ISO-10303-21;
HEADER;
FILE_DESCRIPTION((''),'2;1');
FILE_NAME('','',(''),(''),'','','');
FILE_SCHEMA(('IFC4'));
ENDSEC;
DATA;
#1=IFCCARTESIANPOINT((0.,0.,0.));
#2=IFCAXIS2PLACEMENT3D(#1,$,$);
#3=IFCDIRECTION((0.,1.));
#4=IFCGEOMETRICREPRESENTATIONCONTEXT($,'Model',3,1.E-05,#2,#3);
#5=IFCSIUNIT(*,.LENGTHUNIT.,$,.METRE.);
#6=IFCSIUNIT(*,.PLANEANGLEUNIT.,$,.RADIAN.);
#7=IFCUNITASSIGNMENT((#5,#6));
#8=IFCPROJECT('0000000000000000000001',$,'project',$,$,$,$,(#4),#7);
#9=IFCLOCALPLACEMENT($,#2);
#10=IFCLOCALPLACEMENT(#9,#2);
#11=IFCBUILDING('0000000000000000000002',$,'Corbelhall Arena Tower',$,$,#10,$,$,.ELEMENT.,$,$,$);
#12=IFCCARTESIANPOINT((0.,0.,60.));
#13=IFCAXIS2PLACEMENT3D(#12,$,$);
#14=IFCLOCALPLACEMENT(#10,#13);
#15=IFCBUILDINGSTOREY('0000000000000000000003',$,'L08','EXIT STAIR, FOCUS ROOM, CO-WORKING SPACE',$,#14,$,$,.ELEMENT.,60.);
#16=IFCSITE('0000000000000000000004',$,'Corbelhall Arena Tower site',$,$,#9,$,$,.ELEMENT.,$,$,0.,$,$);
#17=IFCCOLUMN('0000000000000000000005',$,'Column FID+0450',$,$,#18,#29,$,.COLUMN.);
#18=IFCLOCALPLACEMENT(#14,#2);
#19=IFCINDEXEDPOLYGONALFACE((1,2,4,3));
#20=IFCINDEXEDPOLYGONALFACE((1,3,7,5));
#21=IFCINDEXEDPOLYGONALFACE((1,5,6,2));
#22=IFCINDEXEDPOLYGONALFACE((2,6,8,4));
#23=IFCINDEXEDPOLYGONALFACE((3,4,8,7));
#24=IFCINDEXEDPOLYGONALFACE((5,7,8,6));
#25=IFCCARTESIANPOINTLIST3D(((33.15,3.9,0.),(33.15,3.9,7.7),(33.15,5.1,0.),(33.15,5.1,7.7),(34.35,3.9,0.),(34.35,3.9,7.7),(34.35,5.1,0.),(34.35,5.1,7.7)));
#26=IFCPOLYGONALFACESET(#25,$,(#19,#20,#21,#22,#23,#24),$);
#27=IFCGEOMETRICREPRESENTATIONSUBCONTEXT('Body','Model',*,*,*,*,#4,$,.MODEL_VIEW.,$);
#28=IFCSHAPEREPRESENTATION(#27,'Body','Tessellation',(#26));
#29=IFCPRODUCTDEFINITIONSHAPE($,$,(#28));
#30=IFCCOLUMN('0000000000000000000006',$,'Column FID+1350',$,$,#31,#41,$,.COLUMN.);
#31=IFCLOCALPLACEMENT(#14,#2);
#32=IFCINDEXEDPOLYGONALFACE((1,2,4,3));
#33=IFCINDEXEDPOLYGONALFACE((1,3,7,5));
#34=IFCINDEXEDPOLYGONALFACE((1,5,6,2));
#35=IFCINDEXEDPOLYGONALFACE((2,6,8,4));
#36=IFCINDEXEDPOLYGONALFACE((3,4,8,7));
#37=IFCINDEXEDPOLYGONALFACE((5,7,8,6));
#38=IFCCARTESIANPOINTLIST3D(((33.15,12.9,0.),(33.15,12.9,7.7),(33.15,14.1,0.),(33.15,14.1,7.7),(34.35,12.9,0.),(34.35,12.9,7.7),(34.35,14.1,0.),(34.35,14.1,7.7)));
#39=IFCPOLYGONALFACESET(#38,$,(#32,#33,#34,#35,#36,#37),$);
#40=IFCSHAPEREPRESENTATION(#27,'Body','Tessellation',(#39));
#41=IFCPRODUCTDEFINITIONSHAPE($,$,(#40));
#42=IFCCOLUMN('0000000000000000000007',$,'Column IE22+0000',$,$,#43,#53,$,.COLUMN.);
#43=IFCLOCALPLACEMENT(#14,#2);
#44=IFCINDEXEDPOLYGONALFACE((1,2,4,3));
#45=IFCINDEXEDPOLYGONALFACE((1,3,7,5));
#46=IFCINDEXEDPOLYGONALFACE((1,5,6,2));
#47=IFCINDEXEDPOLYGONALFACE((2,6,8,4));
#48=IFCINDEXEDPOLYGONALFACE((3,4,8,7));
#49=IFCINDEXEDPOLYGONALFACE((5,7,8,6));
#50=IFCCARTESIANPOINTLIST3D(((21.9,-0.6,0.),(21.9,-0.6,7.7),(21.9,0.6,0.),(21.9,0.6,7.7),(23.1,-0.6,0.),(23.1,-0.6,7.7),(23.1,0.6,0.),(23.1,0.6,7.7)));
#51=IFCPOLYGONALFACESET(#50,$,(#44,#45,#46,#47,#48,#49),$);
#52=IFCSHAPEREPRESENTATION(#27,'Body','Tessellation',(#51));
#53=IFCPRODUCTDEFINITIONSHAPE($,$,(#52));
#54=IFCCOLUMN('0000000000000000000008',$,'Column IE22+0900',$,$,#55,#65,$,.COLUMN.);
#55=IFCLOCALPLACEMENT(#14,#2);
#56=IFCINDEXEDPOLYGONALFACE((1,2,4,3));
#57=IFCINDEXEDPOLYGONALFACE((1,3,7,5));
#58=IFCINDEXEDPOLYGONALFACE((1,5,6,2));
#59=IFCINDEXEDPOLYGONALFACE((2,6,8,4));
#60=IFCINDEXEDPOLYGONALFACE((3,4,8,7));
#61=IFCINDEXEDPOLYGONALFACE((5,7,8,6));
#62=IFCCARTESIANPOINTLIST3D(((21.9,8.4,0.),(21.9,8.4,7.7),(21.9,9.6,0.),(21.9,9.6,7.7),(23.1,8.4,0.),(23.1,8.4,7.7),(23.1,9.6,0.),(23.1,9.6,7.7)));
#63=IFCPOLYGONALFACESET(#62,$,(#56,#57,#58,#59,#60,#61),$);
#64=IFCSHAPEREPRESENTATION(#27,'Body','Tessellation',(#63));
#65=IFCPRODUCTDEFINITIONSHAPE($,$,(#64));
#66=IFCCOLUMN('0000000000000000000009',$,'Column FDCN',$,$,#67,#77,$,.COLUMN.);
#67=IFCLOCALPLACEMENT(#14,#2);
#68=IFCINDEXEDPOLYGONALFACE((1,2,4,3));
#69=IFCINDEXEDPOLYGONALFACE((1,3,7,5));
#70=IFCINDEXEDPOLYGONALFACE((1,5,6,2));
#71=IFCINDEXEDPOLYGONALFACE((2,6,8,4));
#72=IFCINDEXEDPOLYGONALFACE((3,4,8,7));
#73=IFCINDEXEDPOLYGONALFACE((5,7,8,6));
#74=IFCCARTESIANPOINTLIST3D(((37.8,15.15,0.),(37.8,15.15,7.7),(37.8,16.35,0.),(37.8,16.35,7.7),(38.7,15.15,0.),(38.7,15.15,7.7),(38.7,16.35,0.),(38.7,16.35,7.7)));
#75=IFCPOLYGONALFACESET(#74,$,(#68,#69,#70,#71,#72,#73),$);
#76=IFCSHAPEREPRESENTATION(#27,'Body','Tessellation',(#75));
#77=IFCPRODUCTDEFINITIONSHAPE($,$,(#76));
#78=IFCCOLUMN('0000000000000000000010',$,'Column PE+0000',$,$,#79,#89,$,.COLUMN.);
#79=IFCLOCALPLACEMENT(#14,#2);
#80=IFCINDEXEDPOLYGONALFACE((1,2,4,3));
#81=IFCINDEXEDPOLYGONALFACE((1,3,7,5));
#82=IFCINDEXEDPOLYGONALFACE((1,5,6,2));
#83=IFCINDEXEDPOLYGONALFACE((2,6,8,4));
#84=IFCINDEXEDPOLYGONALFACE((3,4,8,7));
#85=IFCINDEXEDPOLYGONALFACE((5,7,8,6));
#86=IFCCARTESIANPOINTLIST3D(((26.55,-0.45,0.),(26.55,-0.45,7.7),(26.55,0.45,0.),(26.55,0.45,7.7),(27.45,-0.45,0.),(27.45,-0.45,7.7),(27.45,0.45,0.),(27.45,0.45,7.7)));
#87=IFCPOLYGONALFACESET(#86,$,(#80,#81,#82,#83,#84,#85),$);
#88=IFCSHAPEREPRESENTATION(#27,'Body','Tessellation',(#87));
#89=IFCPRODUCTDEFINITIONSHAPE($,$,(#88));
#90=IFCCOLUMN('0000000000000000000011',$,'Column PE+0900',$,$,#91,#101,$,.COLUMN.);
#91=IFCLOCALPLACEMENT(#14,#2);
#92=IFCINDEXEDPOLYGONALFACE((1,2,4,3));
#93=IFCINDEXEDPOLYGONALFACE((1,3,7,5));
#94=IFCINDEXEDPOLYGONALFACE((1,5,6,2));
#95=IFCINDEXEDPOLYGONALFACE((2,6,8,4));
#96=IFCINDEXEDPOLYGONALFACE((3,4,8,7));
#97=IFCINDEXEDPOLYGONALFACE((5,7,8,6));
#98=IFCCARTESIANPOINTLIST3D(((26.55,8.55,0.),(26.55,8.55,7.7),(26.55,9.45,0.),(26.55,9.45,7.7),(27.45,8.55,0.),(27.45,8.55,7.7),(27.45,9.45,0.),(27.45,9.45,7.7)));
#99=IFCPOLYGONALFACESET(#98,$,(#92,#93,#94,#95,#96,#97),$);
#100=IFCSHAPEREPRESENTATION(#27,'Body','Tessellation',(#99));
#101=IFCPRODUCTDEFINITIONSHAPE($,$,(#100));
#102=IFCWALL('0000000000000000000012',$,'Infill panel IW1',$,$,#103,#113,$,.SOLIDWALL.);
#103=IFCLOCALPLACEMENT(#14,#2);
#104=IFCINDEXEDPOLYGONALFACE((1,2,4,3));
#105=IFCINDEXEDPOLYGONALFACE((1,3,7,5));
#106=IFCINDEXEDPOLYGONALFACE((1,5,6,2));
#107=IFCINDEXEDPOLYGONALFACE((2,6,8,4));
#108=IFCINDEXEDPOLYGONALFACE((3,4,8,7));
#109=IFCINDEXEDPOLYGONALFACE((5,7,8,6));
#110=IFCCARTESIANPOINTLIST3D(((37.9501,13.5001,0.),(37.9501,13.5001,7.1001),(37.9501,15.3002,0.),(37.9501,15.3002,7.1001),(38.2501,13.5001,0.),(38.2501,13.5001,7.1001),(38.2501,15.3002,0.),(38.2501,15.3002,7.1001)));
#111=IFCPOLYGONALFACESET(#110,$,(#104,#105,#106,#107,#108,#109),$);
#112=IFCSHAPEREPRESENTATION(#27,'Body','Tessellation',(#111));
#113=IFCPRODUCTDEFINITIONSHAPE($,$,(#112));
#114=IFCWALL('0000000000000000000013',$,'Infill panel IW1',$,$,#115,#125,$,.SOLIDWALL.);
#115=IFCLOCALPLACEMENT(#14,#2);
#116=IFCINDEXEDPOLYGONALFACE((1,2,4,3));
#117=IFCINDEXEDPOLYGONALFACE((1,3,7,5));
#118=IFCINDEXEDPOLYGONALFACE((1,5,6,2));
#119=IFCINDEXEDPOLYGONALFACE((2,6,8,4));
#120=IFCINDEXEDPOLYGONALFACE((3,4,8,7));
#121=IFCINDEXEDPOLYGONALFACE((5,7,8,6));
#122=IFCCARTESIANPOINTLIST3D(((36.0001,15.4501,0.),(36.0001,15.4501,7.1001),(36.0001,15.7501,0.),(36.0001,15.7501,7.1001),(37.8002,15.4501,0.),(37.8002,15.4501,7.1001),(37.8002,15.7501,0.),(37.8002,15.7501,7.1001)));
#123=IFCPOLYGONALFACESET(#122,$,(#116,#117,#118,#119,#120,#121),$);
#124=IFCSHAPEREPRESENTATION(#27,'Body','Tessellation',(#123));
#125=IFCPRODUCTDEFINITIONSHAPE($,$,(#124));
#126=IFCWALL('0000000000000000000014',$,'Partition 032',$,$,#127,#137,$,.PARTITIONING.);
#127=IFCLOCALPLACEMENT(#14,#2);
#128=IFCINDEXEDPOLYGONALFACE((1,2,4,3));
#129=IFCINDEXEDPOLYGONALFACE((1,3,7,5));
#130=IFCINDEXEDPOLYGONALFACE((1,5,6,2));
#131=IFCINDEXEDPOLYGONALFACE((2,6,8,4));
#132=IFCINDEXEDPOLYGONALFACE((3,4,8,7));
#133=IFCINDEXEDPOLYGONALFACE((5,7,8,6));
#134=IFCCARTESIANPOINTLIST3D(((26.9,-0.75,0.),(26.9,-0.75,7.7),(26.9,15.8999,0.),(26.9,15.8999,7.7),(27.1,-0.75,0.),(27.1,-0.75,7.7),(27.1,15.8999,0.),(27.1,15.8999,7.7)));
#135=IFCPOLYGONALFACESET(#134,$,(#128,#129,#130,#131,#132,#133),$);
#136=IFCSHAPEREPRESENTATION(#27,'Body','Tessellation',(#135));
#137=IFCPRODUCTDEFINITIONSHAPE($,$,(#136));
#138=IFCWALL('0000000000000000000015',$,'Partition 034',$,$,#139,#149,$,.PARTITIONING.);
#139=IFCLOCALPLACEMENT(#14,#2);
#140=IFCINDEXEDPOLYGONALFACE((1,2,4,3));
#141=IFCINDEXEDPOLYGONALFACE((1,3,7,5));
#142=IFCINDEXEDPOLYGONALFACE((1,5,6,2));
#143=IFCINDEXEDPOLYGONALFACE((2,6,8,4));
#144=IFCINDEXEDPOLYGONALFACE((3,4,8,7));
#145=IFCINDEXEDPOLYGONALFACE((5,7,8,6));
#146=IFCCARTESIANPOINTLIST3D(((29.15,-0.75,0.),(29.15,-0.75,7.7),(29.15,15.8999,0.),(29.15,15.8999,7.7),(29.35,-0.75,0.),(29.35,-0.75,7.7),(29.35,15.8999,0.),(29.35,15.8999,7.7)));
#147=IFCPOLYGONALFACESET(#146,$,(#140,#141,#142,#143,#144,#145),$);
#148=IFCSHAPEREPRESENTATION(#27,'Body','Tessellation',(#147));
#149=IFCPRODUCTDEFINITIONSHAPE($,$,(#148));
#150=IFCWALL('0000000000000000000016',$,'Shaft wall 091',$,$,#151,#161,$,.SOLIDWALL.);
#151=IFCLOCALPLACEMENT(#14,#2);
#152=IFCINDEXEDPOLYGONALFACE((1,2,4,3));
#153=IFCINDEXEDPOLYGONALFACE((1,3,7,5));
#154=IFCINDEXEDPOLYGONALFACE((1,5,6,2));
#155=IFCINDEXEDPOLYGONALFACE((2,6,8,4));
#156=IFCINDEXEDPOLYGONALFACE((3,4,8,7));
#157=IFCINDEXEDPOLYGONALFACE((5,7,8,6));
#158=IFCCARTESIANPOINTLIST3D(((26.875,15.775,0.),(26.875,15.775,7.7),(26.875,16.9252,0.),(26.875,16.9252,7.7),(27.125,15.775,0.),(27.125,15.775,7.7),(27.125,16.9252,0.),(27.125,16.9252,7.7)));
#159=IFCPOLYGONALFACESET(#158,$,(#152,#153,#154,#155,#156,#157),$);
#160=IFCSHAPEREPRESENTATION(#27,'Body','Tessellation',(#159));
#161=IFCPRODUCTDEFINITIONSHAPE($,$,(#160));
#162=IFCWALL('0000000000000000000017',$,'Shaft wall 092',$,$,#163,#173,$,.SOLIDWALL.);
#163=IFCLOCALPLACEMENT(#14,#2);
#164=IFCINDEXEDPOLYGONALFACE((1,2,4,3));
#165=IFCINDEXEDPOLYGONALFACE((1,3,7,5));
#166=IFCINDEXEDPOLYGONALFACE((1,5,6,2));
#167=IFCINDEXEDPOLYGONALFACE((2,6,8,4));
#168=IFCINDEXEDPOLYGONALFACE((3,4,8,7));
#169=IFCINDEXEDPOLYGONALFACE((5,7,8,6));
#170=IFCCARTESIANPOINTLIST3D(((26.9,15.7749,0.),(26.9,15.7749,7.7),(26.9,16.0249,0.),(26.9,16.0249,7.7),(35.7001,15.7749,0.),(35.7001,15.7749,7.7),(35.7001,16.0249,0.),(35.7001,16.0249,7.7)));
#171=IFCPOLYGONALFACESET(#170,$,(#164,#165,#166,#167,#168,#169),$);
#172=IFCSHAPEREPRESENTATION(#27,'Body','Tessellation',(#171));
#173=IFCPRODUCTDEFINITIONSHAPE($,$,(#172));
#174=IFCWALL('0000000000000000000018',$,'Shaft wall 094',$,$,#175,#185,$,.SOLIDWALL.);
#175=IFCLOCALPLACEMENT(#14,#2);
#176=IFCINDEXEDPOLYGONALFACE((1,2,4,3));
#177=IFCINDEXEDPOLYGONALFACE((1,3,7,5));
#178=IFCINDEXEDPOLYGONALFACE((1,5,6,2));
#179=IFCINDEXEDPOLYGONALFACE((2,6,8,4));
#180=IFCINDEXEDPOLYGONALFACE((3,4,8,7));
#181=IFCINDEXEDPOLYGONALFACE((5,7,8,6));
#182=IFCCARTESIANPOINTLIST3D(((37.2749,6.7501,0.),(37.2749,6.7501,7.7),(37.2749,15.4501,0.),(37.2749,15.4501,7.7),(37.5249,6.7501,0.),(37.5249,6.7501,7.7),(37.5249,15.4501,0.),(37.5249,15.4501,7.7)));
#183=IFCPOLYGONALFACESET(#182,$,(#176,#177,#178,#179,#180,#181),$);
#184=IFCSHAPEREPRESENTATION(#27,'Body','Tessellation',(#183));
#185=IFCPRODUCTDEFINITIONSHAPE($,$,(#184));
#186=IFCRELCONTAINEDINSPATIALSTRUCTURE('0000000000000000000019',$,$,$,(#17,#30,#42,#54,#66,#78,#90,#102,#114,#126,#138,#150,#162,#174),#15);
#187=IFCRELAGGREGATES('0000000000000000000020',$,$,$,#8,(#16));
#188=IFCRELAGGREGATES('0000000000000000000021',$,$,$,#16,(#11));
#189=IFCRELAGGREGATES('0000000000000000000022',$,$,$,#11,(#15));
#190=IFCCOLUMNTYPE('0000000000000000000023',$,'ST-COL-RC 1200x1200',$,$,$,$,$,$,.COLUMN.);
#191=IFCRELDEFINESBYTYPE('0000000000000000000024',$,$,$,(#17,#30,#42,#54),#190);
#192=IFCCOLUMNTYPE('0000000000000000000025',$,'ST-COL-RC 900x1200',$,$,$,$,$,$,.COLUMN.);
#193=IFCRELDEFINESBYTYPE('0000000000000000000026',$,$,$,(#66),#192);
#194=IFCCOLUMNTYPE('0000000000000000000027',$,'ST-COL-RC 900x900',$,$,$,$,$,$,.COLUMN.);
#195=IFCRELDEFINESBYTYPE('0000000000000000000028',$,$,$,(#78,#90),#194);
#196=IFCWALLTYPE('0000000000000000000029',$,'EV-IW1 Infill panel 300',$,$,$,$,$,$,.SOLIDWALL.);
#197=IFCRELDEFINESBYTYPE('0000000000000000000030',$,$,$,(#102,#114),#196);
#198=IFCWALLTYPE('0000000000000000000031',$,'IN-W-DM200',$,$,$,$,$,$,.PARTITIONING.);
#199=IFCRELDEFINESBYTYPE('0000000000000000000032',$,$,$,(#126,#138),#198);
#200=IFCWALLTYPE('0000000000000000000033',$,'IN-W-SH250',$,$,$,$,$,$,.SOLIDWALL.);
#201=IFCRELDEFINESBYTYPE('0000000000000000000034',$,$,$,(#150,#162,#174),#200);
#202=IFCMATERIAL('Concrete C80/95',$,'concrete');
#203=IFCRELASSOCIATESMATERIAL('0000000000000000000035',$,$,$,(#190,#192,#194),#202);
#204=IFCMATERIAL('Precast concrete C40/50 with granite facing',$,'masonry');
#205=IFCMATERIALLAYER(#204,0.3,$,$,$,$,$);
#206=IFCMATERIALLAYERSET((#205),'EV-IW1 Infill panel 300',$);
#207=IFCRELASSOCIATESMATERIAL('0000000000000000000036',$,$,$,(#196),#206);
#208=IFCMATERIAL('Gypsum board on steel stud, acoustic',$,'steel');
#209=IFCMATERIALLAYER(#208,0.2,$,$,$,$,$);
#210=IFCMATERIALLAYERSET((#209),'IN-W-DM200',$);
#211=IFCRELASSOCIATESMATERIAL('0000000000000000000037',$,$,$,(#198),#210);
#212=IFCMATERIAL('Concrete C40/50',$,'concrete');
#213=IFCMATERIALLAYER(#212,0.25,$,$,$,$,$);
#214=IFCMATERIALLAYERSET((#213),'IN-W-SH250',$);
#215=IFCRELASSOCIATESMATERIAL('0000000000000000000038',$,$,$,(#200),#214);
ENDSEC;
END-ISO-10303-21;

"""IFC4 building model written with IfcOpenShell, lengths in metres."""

from ifc_helpers import new_model, si_unit, direction, frame, frame_2d, origin, origin_2d, place, context, subcontext, project, spatial, rectangle, extrude, material, layer, layer_set, material_profile, profile_set, type_object, element, save


model = new_model("IFC4")

# Units and contexts
model_context = context("Model", 3, precision=1e-05, world=origin(), true_north=direction((0.0, 1.0)))
body_context = subcontext(model_context, "Body", "Model", "MODEL_VIEW")
ifc_project = project(units=[si_unit("LENGTHUNIT", "METRE"), si_unit("PLANEANGLEUNIT", "RADIAN")], contexts=[model_context])

# Site, building, storey
site_placement = place(None, origin())
site = spatial("IfcSite", under=ifc_project, at=site_placement, Name="Corbelhall Arena Tower site", CompositionType="ELEMENT", RefElevation=0.0)
building_placement = place(site_placement, origin())
building = spatial("IfcBuilding", under=site, at=building_placement, Name="Corbelhall Arena Tower", CompositionType="ELEMENT")
storey_placement = place(building_placement, frame((0.0, 0.0, 60.0)))
storey = spatial("IfcBuildingStorey", under=building, at=storey_placement, Name="L08", Description="EXIT STAIR, FOCUS ROOM, CO-WORKING SPACE", CompositionType="ELEMENT", Elevation=60.0)

# Columns
ifc_material_1 = material(Name="Concrete C80/95", Category="concrete")
ifc_material_profile_1 = material_profile(ifc_material_1, rectangle(XDim=1.2, YDim=1.2, at=origin_2d()))
ifc_profile_set_1 = profile_set([ifc_material_profile_1], Name="Concrete C80/95")
column_type_1 = type_object("IfcColumnType", Name="ST-COL-RC 1200x1200", PredefinedType="COLUMN", material=ifc_profile_set_1)
for number, where, z_axis, x_axis, name in (
    (1, (33.75, 4.5, 0.0), (0.0, 0.0, 1.0), (1.0, 0.0, 0.0), "Column FID+0450"),
    (2, (33.75, 13.5, 0.0), (0.0, 0.0, 1.0), (1.0, 0.0, 0.0), "Column FID+1350"),
    (3, (22.5, 0.0, 0.0), (0.0, 0.0, 1.0), (1.0, 0.0, 0.0), "Column IE22+0000"),
    (4, (22.5, 9.0, 0.0), (0.0, 0.0, 1.0), (1.0, 0.0, 0.0), "Column IE22+0900"),
):
    element("IfcColumn", number, at=place(storey_placement, frame(where, z_axis=z_axis, x_axis=x_axis)), inside=storey, type_object=column_type_1, Name=name, PredefinedType="COLUMN", context=body_context, shape_type="SweptSolid", body=[
        extrude(rectangle(XDim=1.2, YDim=1.2, at=origin_2d()), origin(), (0.0, 0.0, 1.0), 7.7),
    ])
ifc_material_profile_2 = material_profile(ifc_material_1, rectangle(XDim=0.8999, YDim=1.2, at=origin_2d()))
ifc_profile_set_2 = profile_set([ifc_material_profile_2], Name="Concrete C80/95")
column_type_2 = type_object("IfcColumnType", Name="ST-COL-RC 900x1200", PredefinedType="COLUMN", material=ifc_profile_set_2)
column_placement = place(storey_placement, frame((38.25, 15.75, 0.0), z_axis=(0.0, 0.0, 1.0), x_axis=(1.0, 0.0, 0.0)))
element("IfcColumn", 5, at=column_placement, inside=storey, type_object=column_type_2, Name="Column FDCN", PredefinedType="COLUMN", context=body_context, shape_type="SweptSolid", body=[
    extrude(rectangle(XDim=0.8999, YDim=1.2, at=origin_2d()), origin(), (0.0, 0.0, 1.0), 7.7),
])
ifc_material_profile_3 = material_profile(ifc_material_1, rectangle(XDim=0.8999, YDim=0.8999, at=origin_2d()))
ifc_profile_set_3 = profile_set([ifc_material_profile_3], Name="Concrete C80/95")
column_type_3 = type_object("IfcColumnType", Name="ST-COL-RC 900x900", PredefinedType="COLUMN", material=ifc_profile_set_3)
for number, where, z_axis, x_axis, name in (
    (6, (27.0, 0.0, 0.0), (0.0, 0.0, 1.0), (1.0, 0.0, 0.0), "Column PE+0000"),
    (7, (27.0, 9.0, 0.0), (0.0, 0.0, 1.0), (1.0, 0.0, 0.0), "Column PE+0900"),
):
    element("IfcColumn", number, at=place(storey_placement, frame(where, z_axis=z_axis, x_axis=x_axis)), inside=storey, type_object=column_type_3, Name=name, PredefinedType="COLUMN", context=body_context, shape_type="SweptSolid", body=[
        extrude(rectangle(XDim=0.8999, YDim=0.8999, at=origin_2d()), origin(), (0.0, 0.0, 1.0), 7.7),
    ])

# Walls
ifc_material_2 = material(Name="Precast concrete C40/50 with granite facing", Category="masonry")
ifc_layer_1 = layer(ifc_material_2, 0.3)
ifc_layer_set_1 = layer_set([ifc_layer_1], Name="EV-IW1 Infill panel 300")
wall_type_1 = type_object("IfcWallType", Name="EV-IW1 Infill panel 300", PredefinedType="SOLIDWALL", material=ifc_layer_set_1)
for number, where, z_axis, x_axis, name in (
    (8, (38.1001, 15.3, 0.0), (0.0, 0.0, 1.0), (0.0, -1.0, 0.0), "Infill panel IW1"),
    (9, (37.8, 15.6001, 0.0), (0.0, 0.0, 1.0), (-1.0, 0.0, 0.0), "Infill panel IW1"),
):
    element("IfcWall", number, at=place(storey_placement, frame(where, z_axis=z_axis, x_axis=x_axis)), inside=storey, type_object=wall_type_1, Name=name, PredefinedType="SOLIDWALL", context=body_context, shape_type="SweptSolid", body=[
        extrude(rectangle(XDim=1.8, YDim=0.3, at=frame_2d((0.8999, 0.0))), origin(), (0.0, 0.0, 1.0), 7.1001),
    ])

# Shared definitions
ifc_material_3 = material(Name="Gypsum board on steel stud, acoustic", Category="steel")
ifc_layer_2 = layer(ifc_material_3, 0.2)
ifc_layer_set_2 = layer_set([ifc_layer_2], Name="IN-W-DM200")
wall_type_2 = type_object("IfcWallType", Name="IN-W-DM200", PredefinedType="PARTITIONING", material=ifc_layer_set_2)

# Walls
for number, where, z_axis, x_axis, name in (
    (10, (27.0, 15.8999, 0.0), (0.0, 0.0, 1.0), (0.0, -1.0, 0.0), "Partition 032"),
    (11, (29.25, 15.8999, 0.0), (0.0, 0.0, 1.0), (0.0, -1.0, 0.0), "Partition 034"),
):
    element("IfcWall", number, at=place(storey_placement, frame(where, z_axis=z_axis, x_axis=x_axis)), inside=storey, type_object=wall_type_2, Name=name, PredefinedType="PARTITIONING", context=body_context, shape_type="SweptSolid", body=[
        extrude(rectangle(XDim=16.6499, YDim=0.2, at=frame_2d((8.325, 0.0))), origin(), (0.0, 0.0, 1.0), 7.7),
    ])
ifc_material_4 = material(Name="Concrete C40/50", Category="concrete")
ifc_layer_3 = layer(ifc_material_4, 0.25)
ifc_layer_set_3 = layer_set([ifc_layer_3], Name="IN-W-SH250")
wall_type_3 = type_object("IfcWallType", Name="IN-W-SH250", PredefinedType="SOLIDWALL", material=ifc_layer_set_3)
wall_1_placement = place(storey_placement, frame((27.0, 15.7749, 0.0), z_axis=(0.0, 0.0, 1.0), x_axis=(0.0, 1.0, 0.0)))
element("IfcWall", 12, at=wall_1_placement, inside=storey, type_object=wall_type_3, Name="Shaft wall 091", PredefinedType="SOLIDWALL", context=body_context, shape_type="SweptSolid", body=[
    extrude(rectangle(XDim=1.1501, YDim=0.25, at=frame_2d((0.5752, 0.0))), origin(), (0.0, 0.0, 1.0), 7.7),
])
wall_2_placement = place(storey_placement, frame((35.7, 15.8999, 0.0), z_axis=(0.0, 0.0, 1.0), x_axis=(-1.0, 0.0, 0.0)))
element("IfcWall", 13, at=wall_2_placement, inside=storey, type_object=wall_type_3, Name="Shaft wall 092", PredefinedType="SOLIDWALL", context=body_context, shape_type="SweptSolid", body=[
    extrude(rectangle(XDim=8.8, YDim=0.25, at=frame_2d((4.3999, 0.0))), origin(), (0.0, 0.0, 1.0), 7.7),
])
wall_3_placement = place(storey_placement, frame((37.3999, 6.75, 0.0), z_axis=(0.0, 0.0, 1.0), x_axis=(0.0, 1.0, 0.0)))
element("IfcWall", 14, at=wall_3_placement, inside=storey, type_object=wall_type_3, Name="Shaft wall 094", PredefinedType="SOLIDWALL", context=body_context, shape_type="SweptSolid", body=[
    extrude(rectangle(XDim=8.7, YDim=0.25, at=frame_2d((4.3501, 0.0))), origin(), (0.0, 0.0, 1.0), 7.7),
])

save(model, "model.ifc")
